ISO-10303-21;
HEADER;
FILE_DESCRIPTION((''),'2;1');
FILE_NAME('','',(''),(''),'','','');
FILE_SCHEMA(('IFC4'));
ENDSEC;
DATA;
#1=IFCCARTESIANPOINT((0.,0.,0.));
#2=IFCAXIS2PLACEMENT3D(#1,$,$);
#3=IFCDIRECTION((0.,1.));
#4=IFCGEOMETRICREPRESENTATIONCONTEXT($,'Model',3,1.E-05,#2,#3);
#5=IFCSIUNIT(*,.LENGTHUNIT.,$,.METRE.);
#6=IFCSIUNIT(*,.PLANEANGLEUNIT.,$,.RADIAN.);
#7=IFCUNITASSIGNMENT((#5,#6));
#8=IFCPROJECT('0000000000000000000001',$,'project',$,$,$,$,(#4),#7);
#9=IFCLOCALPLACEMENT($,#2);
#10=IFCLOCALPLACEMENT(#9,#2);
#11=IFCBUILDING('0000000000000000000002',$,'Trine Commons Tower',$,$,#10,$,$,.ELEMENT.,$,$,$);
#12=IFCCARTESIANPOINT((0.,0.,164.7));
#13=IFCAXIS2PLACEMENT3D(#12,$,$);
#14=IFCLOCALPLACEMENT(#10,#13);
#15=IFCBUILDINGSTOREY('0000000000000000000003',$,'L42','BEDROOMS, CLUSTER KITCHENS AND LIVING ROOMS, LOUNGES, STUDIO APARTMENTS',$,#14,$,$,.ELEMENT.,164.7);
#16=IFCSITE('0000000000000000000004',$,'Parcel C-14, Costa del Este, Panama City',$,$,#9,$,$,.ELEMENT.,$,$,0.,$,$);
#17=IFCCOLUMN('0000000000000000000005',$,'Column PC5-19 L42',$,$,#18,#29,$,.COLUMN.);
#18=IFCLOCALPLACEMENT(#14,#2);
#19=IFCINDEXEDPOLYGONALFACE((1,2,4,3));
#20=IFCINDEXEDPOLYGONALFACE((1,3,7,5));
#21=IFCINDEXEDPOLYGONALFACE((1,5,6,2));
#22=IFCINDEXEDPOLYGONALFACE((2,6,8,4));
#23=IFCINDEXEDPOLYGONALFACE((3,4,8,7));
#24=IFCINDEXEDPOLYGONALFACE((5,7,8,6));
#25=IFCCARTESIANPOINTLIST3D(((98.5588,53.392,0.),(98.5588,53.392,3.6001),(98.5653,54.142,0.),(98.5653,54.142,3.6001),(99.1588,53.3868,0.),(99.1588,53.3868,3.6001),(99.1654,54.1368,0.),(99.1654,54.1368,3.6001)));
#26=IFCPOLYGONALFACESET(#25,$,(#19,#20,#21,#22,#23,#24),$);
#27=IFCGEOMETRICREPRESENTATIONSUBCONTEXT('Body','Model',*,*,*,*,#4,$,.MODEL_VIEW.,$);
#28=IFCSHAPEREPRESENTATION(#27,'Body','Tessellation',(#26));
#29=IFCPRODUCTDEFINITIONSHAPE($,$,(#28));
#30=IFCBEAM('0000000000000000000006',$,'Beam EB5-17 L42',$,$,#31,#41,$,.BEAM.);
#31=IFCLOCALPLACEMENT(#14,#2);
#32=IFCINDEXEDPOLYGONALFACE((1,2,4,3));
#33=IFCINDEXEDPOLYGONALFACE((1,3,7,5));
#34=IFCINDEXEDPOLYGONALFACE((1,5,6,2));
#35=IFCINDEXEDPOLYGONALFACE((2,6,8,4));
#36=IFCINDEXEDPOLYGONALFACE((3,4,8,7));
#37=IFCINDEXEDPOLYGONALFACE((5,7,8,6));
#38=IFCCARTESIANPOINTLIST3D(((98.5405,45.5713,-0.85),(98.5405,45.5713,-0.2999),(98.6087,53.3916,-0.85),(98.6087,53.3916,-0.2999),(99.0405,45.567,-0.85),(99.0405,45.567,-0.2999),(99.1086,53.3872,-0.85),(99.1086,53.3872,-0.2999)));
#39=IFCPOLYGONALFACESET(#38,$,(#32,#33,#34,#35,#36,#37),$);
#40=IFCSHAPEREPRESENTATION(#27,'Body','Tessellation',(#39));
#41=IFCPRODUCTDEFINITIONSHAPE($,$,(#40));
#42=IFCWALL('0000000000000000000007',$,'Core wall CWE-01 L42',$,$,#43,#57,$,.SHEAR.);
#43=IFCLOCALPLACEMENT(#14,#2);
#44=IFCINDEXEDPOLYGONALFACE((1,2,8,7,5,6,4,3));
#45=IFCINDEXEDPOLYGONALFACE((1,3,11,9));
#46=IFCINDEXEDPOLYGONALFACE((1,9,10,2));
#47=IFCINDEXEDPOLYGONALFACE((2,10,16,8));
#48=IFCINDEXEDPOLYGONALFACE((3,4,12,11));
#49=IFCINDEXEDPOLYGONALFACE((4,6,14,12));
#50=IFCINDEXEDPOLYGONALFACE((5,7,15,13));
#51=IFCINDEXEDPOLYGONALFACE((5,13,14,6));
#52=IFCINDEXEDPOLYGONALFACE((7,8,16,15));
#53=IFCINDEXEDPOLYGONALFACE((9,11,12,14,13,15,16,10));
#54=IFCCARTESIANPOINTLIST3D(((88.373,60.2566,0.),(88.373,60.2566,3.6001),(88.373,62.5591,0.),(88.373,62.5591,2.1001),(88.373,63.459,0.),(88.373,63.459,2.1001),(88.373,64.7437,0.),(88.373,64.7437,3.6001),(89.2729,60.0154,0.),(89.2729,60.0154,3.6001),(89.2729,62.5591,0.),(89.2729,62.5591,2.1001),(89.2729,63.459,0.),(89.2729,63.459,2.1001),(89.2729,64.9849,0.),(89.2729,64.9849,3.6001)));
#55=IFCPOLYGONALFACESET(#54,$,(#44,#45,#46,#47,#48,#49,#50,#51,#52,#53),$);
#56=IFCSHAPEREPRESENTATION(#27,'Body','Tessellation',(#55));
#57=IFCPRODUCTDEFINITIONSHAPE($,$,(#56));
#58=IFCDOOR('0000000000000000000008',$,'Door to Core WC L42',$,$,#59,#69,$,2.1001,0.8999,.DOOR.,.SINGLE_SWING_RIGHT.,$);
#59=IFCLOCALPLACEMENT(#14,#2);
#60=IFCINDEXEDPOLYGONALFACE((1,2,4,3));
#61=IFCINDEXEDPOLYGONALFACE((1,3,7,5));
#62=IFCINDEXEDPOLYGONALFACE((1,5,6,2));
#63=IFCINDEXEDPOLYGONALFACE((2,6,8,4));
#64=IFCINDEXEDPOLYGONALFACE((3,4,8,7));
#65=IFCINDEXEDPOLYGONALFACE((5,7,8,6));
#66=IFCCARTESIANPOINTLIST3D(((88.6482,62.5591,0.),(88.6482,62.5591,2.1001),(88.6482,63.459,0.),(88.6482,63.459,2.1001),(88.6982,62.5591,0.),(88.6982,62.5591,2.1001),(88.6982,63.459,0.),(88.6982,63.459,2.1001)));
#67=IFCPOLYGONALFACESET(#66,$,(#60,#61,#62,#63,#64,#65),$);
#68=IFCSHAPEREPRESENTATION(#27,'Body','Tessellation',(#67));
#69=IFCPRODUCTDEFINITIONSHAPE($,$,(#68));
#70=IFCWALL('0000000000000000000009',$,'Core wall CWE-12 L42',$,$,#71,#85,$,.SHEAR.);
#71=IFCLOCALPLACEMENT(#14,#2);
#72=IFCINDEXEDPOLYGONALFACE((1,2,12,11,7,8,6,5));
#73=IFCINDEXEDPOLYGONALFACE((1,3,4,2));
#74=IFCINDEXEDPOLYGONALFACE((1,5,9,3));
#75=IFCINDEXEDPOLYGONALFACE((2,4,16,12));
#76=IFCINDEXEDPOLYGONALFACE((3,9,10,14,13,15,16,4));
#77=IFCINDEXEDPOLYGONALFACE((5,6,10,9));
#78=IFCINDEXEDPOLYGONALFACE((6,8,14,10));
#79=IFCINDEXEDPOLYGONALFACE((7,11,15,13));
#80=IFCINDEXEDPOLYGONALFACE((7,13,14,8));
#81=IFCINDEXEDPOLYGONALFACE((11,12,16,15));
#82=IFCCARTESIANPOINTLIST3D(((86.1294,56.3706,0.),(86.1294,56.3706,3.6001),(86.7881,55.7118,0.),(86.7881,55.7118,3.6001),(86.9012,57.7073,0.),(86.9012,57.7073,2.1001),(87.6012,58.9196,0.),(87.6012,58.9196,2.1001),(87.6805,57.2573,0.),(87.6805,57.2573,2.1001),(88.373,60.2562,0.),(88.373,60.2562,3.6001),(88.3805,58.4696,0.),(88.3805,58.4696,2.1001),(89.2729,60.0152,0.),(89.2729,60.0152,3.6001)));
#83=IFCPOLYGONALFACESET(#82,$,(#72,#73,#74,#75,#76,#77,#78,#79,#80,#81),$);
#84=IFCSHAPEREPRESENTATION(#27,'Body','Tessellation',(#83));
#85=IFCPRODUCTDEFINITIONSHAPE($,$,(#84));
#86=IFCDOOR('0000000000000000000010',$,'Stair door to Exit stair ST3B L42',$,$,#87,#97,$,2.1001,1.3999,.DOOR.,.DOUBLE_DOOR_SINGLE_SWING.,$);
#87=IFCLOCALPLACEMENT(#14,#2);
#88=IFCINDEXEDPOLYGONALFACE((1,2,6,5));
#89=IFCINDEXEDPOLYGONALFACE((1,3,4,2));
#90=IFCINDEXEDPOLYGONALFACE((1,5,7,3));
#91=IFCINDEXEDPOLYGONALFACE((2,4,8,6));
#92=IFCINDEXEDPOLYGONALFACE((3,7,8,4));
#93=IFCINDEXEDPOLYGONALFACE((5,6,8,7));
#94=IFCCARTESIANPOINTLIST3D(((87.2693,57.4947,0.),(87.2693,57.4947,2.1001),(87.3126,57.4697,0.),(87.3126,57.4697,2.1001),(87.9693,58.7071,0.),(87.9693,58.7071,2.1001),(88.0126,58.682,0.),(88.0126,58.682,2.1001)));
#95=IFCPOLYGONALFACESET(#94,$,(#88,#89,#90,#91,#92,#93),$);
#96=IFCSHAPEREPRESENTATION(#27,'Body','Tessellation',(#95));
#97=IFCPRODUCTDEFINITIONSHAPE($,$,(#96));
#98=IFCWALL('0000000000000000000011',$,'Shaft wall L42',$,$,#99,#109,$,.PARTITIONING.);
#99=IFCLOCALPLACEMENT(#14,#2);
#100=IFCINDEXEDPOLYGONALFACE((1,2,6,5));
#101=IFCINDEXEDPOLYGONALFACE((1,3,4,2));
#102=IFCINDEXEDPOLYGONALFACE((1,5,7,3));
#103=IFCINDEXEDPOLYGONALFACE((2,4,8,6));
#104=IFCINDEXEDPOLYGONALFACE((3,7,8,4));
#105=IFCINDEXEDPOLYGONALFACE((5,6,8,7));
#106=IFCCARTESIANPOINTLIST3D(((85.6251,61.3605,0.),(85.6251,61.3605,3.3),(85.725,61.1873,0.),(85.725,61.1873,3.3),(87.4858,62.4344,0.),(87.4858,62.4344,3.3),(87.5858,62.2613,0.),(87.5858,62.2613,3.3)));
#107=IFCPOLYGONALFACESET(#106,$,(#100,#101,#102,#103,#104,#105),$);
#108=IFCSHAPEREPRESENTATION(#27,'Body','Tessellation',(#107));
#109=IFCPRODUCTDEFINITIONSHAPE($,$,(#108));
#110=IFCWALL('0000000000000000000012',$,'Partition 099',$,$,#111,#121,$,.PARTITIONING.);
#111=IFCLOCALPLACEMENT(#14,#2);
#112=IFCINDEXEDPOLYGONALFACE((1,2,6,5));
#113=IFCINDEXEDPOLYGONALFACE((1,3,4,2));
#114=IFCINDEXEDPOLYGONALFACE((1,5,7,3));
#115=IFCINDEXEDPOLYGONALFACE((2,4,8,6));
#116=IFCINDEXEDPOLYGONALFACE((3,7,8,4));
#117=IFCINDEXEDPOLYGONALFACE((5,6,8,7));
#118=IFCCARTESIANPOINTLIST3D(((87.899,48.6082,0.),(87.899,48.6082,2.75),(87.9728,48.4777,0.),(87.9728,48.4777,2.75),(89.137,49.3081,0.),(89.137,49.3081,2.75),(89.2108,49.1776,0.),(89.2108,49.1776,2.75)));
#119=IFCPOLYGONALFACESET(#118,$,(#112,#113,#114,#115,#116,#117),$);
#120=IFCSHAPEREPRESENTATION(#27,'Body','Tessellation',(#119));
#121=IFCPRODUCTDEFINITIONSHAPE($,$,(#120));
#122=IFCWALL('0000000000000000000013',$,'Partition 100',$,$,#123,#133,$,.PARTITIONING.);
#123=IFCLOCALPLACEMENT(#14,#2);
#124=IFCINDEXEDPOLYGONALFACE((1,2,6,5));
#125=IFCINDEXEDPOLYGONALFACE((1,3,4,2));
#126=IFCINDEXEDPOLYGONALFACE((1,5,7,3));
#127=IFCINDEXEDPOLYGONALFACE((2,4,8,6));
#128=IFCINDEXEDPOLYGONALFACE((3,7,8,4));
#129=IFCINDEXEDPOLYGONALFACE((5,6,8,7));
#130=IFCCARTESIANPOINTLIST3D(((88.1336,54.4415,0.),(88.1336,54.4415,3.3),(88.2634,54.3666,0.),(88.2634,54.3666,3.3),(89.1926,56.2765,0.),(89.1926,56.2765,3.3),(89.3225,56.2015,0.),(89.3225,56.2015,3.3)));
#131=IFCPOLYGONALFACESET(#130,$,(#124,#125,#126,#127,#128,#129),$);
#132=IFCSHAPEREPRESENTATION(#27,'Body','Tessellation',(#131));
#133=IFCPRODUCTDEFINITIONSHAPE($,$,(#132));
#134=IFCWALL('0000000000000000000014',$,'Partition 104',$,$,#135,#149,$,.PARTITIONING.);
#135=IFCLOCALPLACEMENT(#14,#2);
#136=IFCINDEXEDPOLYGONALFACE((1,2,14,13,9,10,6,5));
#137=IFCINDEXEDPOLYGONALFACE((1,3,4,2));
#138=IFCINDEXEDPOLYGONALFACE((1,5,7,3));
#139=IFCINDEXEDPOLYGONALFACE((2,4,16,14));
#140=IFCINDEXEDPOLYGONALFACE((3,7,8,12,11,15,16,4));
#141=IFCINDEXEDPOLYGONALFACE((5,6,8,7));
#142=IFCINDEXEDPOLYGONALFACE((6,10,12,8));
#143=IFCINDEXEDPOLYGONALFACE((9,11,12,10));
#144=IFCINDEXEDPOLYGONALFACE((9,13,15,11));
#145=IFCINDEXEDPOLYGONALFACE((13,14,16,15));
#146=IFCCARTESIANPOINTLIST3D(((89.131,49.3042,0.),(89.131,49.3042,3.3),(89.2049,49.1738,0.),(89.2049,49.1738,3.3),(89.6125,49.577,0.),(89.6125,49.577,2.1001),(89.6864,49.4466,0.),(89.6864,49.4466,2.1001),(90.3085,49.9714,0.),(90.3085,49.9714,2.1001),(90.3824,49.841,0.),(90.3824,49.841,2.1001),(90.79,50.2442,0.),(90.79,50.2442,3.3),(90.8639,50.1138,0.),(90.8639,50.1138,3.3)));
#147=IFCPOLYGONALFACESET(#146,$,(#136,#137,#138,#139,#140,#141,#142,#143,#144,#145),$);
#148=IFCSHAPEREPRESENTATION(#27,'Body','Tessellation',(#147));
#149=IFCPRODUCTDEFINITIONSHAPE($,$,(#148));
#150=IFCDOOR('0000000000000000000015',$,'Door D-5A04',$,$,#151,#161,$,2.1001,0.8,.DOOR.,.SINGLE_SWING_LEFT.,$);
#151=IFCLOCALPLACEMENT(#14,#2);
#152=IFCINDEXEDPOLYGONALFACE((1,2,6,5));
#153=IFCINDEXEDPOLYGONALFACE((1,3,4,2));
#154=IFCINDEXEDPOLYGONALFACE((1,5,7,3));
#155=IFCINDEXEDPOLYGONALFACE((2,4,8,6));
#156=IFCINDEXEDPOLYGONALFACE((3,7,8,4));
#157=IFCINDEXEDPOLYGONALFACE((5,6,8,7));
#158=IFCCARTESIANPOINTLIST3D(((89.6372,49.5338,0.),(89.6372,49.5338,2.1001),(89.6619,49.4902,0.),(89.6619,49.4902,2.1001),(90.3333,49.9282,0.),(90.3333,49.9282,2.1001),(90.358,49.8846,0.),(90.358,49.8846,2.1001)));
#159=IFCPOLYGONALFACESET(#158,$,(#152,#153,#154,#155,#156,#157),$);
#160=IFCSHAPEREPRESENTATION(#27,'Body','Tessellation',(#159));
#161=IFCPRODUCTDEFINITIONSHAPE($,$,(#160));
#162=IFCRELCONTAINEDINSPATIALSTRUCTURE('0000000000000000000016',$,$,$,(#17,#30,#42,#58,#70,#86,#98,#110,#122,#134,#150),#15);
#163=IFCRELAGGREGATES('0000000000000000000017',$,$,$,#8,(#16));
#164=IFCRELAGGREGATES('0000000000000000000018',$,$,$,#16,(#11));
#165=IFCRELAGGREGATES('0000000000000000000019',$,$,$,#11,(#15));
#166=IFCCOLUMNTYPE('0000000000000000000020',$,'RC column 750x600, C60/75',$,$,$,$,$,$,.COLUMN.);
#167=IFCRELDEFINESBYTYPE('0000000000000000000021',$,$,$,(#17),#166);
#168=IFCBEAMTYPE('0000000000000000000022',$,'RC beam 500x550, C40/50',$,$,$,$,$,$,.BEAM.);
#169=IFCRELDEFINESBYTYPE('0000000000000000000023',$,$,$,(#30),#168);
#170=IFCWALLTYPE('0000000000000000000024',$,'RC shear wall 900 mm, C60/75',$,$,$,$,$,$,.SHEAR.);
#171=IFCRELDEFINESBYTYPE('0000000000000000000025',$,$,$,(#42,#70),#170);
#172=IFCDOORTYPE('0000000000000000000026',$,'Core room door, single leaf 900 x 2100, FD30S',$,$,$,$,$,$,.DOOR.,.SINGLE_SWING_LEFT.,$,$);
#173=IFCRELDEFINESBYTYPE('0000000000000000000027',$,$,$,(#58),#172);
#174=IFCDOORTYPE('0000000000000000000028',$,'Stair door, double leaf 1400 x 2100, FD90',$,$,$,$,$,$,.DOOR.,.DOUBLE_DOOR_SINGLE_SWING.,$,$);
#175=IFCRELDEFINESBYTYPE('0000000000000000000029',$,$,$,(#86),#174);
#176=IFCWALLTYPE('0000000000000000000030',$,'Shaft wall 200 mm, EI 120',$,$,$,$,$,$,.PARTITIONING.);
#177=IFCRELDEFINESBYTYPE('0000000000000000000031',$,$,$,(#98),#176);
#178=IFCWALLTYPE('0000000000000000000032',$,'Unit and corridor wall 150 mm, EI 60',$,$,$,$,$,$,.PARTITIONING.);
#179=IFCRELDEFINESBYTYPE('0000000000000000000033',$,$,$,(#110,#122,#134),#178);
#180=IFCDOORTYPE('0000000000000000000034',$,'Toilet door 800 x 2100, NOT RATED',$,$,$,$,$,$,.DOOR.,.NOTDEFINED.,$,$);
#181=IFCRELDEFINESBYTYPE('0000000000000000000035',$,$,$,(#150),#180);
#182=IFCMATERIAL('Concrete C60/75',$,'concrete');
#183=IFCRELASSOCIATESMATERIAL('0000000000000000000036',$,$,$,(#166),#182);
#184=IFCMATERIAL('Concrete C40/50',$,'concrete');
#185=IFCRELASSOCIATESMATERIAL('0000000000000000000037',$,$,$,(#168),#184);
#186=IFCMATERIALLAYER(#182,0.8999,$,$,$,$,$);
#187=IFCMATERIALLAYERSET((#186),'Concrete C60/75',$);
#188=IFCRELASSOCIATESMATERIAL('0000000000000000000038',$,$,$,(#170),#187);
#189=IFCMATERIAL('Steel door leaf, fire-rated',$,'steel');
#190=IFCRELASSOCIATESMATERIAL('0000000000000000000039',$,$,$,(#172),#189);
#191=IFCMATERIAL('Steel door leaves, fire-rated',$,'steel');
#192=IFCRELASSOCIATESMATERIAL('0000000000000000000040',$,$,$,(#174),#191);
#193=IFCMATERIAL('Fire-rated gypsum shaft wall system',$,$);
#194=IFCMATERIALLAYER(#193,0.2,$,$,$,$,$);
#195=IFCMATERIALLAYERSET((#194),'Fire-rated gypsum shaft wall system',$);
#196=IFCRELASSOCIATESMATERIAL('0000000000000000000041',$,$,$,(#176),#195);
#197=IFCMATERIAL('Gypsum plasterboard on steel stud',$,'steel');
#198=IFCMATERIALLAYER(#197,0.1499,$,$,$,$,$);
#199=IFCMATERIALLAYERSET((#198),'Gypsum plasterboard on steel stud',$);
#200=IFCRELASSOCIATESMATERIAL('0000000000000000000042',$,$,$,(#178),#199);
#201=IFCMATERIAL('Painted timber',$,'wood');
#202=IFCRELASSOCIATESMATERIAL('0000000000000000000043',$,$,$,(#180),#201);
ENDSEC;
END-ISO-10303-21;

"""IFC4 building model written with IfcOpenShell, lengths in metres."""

from ifc_helpers import new_model, si_unit, direction, frame, frame_2d, origin, origin_2d, place, context, subcontext, project, spatial, polyline, rectangle, outline, extrude, material, layer, layer_set, material_profile, profile_set, type_object, element, fill, save


model = new_model("IFC4")

# Units and contexts
model_context = context("Model", 3, precision=1e-05, world=origin(), true_north=direction((0.0, 1.0)))
body_context = subcontext(model_context, "Body", "Model", "MODEL_VIEW")
ifc_project = project(units=[si_unit("LENGTHUNIT", "METRE"), si_unit("PLANEANGLEUNIT", "RADIAN")], contexts=[model_context])

# Site, building, storey
site_placement = place(None, origin())
site = spatial("IfcSite", under=ifc_project, at=site_placement, Name="Parcel C-14, Costa del Este, Panama City", CompositionType="ELEMENT", RefElevation=0.0)
building_placement = place(site_placement, origin())
building = spatial("IfcBuilding", under=site, at=building_placement, Name="Trine Commons Tower", CompositionType="ELEMENT")
storey_placement = place(building_placement, frame((0.0, 0.0, 164.7)))
storey = spatial("IfcBuildingStorey", under=building, at=storey_placement, Name="L42", Description="BEDROOMS, CLUSTER KITCHENS AND LIVING ROOMS, LOUNGES, STUDIO APARTMENTS", CompositionType="ELEMENT", Elevation=164.7)

# Column
ifc_material_1 = material(Name="Concrete C60/75", Category="concrete")
ifc_material_profile_1 = material_profile(ifc_material_1, rectangle(XDim=0.75, YDim=0.6001, at=origin_2d()), Name="RC 750x600")
ifc_profile_set_1 = profile_set([ifc_material_profile_1], Name="Concrete C60/75")
column_type = type_object("IfcColumnType", Name="RC column 750x600, C60/75", PredefinedType="COLUMN", material=ifc_profile_set_1)
column_placement = place(storey_placement, frame((98.8621, 53.7644, 0.0), z_axis=(0.0, 0.0, 1.0), x_axis=(0.008727, 0.999962, 0.0)))
element("IfcColumn", 1, at=column_placement, inside=storey, type_object=column_type, Name="Column PC5-19 L42", PredefinedType="COLUMN", context=body_context, shape_type="SweptSolid", body=[
    extrude(rectangle(XDim=0.75, YDim=0.6001, at=origin_2d()), origin(), (0.0, 0.0, 1.0), 3.6001),
])

# Beam
ifc_material_2 = material(Name="Concrete C40/50", Category="concrete")
ifc_material_profile_2 = material_profile(ifc_material_2, rectangle(XDim=0.5, YDim=0.55, at=origin_2d()), Name="RC 500x550")
ifc_profile_set_2 = profile_set([ifc_material_profile_2], Name="Concrete C40/50")
beam_type = type_object("IfcBeamType", Name="RC beam 500x550, C40/50", PredefinedType="BEAM", material=ifc_profile_set_2)
beam_placement = place(storey_placement, frame((98.8586, 53.3894, -0.575), z_axis=(-0.00871, -0.999962, 0.0), x_axis=(0.999962, -0.00871, 0.0)))
element("IfcBeam", 2, at=beam_placement, inside=storey, type_object=beam_type, Name="Beam EB5-17 L42", PredefinedType="BEAM", context=body_context, shape_type="SweptSolid", body=[
    extrude(rectangle(XDim=0.5, YDim=0.55, at=origin_2d()), origin(), (0.0, 0.0, 1.0), 7.8206),
])

# Walls, openings, doors
ifc_layer_1 = layer(ifc_material_1, 0.8999)
ifc_layer_set_1 = layer_set([ifc_layer_1], Name="Concrete C60/75")
wall_type_1 = type_object("IfcWallType", Name="RC shear wall 900 mm, C60/75", PredefinedType="SHEAR", material=ifc_layer_set_1)
wall_1_placement = place(storey_placement, frame((88.823, 60.0154, 0.0), z_axis=(0.0, 0.0, 1.0), x_axis=(0.0, 1.0, 0.0)))
wall_1 = element("IfcWall", 3, at=wall_1_placement, inside=storey, type_object=wall_type_1, Name="Core wall CWE-01 L42", PredefinedType="SHEAR", context=body_context, shape_type="SweptSolid", body=[
    extrude(outline(polyline([(0.0, -0.45), (4.9695, -0.45), (4.7283, 0.45), (0.2412, 0.45), (0.0, -0.45)])), origin(), (0.0, 0.0, 1.0), 3.6001),
])
opening_1_placement = place(wall_1_placement, frame((2.5437, 0.0, 0.0)))
opening_1 = element("IfcOpeningElement", 4, at=opening_1_placement, cuts=wall_1, PredefinedType="OPENING", context=body_context, shape_type="SweptSolid", body=[
    extrude(rectangle(XDim=0.8999, YDim=2.1001, at=frame_2d((0.45, 1.05))), frame((0.0, 0.46, 0.0), z_axis=(0.0, -1.0, 0.0), x_axis=(1.0, 0.0, 0.0)), (0.0, 0.0, 1.0), 0.9199),
])
ifc_material_3 = material(Name="Steel door leaf, fire-rated", Category="steel")
door_type_1 = type_object("IfcDoorType", Name="Core room door, single leaf 900 x 2100, FD30S", OperationType="SINGLE_SWING_LEFT", PredefinedType="DOOR", material=ifc_material_3)
door_1_placement = place(opening_1_placement, origin())
door_1 = element("IfcDoor", 5, at=door_1_placement, inside=storey, type_object=door_type_1, Name="Door to Core WC L42", OperationType="SINGLE_SWING_RIGHT", OverallHeight=2.1001, OverallWidth=0.8999, PredefinedType="DOOR", context=body_context, shape_type="SweptSolid", body=[
    extrude(rectangle(XDim=0.8999, YDim=2.1001, at=frame_2d((0.45, 1.05))), frame((0.0, 0.1748, 0.0), z_axis=(0.0, -1.0, 0.0), x_axis=(1.0, 0.0, 0.0)), (0.0, 0.0, 1.0), 0.05),
])
fill(opening_1, door_1)
wall_2_placement = place(storey_placement, frame((86.3984, 55.9368, 0.0), z_axis=(0.0, 0.0, 1.0), x_axis=(0.500039, 0.866003, 0.0)))
wall_2 = element("IfcWall", 6, at=wall_2_placement, inside=storey, type_object=wall_type_1, Name="Core wall CWE-12 L42", PredefinedType="SHEAR", context=body_context, shape_type="SweptSolid", body=[
    extrude(outline(polyline([(0.0, -0.45), (4.9692, -0.45), (4.728, 0.45), (0.2412, 0.45), (0.0, -0.45)])), origin(), (0.0, 0.0, 1.0), 3.6001),
])
opening_2_placement = place(wall_2_placement, frame((1.7847, 0.0, 0.0)))
opening_2 = element("IfcOpeningElement", 7, at=opening_2_placement, cuts=wall_2, PredefinedType="OPENING", context=body_context, shape_type="SweptSolid", body=[
    extrude(rectangle(XDim=1.3999, YDim=2.1001, at=frame_2d((0.7, 1.05))), frame((0.0, 0.46, 0.0), z_axis=(0.0, -1.0, 0.0), x_axis=(1.0, 0.0, 0.0)), (0.0, 0.0, 1.0), 0.9199),
])
ifc_material_4 = material(Name="Steel door leaves, fire-rated", Category="steel")
door_type_2 = type_object("IfcDoorType", Name="Stair door, double leaf 1400 x 2100, FD90", OperationType="DOUBLE_DOOR_SINGLE_SWING", PredefinedType="DOOR", material=ifc_material_4)
door_2_placement = place(opening_2_placement, origin())
door_2 = element("IfcDoor", 8, at=door_2_placement, inside=storey, type_object=door_type_2, Name="Stair door to Exit stair ST3B L42", OperationType="DOUBLE_DOOR_SINGLE_SWING", OverallHeight=2.1001, OverallWidth=1.3999, PredefinedType="DOOR", context=body_context, shape_type="SweptSolid", body=[
    extrude(rectangle(XDim=1.3999, YDim=2.1001, at=frame_2d((0.7, 1.05))), frame((0.0, 0.0249, 0.0), z_axis=(0.0, -1.0, 0.0), x_axis=(1.0, 0.0, 0.0)), (0.0, 0.0, 1.0), 0.05),
])
fill(opening_2, door_2)

# Walls
ifc_material_5 = material(Name="Fire-rated gypsum shaft wall system")
ifc_layer_2 = layer(ifc_material_5, 0.2)
ifc_layer_set_2 = layer_set([ifc_layer_2], Name="Fire-rated gypsum shaft wall system")
wall_type_2 = type_object("IfcWallType", Name="Shaft wall 200 mm, EI 120", PredefinedType="PARTITIONING", material=ifc_layer_set_2)
wall_3_placement = place(storey_placement, frame((85.675, 61.2739, 0.0), z_axis=(0.0, 0.0, 1.0), x_axis=(0.866102, 0.499867, 0.0)))
element("IfcWall", 9, at=wall_3_placement, inside=storey, type_object=wall_type_2, Name="Shaft wall L42", PredefinedType="PARTITIONING", context=body_context, shape_type="SweptSolid", body=[
    extrude(rectangle(XDim=2.1484, YDim=0.2, at=frame_2d((1.0742, 0.0))), origin(), (0.0, 0.0, 1.0), 3.3),
])
ifc_material_6 = material(Name="Gypsum plasterboard on steel stud", Category="steel")
ifc_layer_3 = layer(ifc_material_6, 0.1499)
ifc_layer_set_3 = layer_set([ifc_layer_3], Name="Gypsum plasterboard on steel stud")
wall_type_3 = type_object("IfcWallType", Name="Unit and corridor wall 150 mm, EI 60", PredefinedType="PARTITIONING", material=ifc_layer_set_3)
wall_4_placement = place(storey_placement, frame((87.936, 48.543, 0.0), z_axis=(0.0, 0.0, 1.0), x_axis=(0.870505, 0.492159, 0.0)))
element("IfcWall", 10, at=wall_4_placement, inside=storey, type_object=wall_type_3, Name="Partition 099", PredefinedType="PARTITIONING", context=body_context, shape_type="SweptSolid", body=[
    extrude(rectangle(XDim=1.4221, YDim=0.1499, at=frame_2d((0.7109, 0.0))), origin(), (0.0, 0.0, 1.0), 2.75),
])
wall_5_placement = place(storey_placement, frame((88.1985, 54.4041, 0.0), z_axis=(0.0, 0.0, 1.0), x_axis=(0.499882, 0.866093, 0.0)))
element("IfcWall", 11, at=wall_5_placement, inside=storey, type_object=wall_type_3, Name="Partition 100", PredefinedType="PARTITIONING", context=body_context, shape_type="SweptSolid", body=[
    extrude(rectangle(XDim=2.1187, YDim=0.1499, at=frame_2d((1.0593, 0.0))), origin(), (0.0, 0.0, 1.0), 3.3),
])

# Wall, opening, door
wall_6_placement = place(storey_placement, frame((89.168, 49.239, 0.0), z_axis=(0.0, 0.0, 1.0), x_axis=(0.87005, 0.492964, 0.0)))
wall_6 = element("IfcWall", 12, at=wall_6_placement, inside=storey, type_object=wall_type_3, Name="Partition 104", PredefinedType="PARTITIONING", context=body_context, shape_type="SweptSolid", body=[
    extrude(rectangle(XDim=1.9067, YDim=0.1499, at=frame_2d((0.9534, 0.0))), origin(), (0.0, 0.0, 1.0), 3.3),
])
opening_3_placement = place(wall_6_placement, frame((0.5535, 0.0, 0.0)))
opening_3 = element("IfcOpeningElement", 13, at=opening_3_placement, cuts=wall_6, PredefinedType="OPENING", context=body_context, shape_type="SweptSolid", body=[
    extrude(rectangle(XDim=0.8, YDim=2.1001, at=frame_2d((0.3999, 1.05))), frame((0.0, 0.085, 0.0), z_axis=(0.0, -1.0, 0.0), x_axis=(1.0, 0.0, 0.0)), (0.0, 0.0, 1.0), 0.1699),
])
ifc_material_7 = material(Name="Painted timber", Category="wood")
door_type_3 = type_object("IfcDoorType", Name="Toilet door 800 x 2100, NOT RATED", OperationType="NOTDEFINED", PredefinedType="DOOR", material=ifc_material_7)
door_3_placement = place(opening_3_placement, frame((0.8, 0.0, 0.0), z_axis=(0.0, 0.0, 1.0), x_axis=(-1.0, 0.0, 0.0)))
door_3 = element("IfcDoor", 14, at=door_3_placement, inside=storey, type_object=door_type_3, Name="Door D-5A04", OperationType="SINGLE_SWING_LEFT", OverallHeight=2.1001, OverallWidth=0.8, PredefinedType="DOOR", context=body_context, shape_type="SweptSolid", body=[
    extrude(rectangle(XDim=0.8, YDim=2.1001, at=frame_2d((0.3999, 1.05))), frame((0.0, 0.0249, 0.0), z_axis=(0.0, -1.0, 0.0), x_axis=(1.0, 0.0, 0.0)), (0.0, 0.0, 1.0), 0.05),
])
fill(opening_3, door_3)

save(model, "model.ifc")
